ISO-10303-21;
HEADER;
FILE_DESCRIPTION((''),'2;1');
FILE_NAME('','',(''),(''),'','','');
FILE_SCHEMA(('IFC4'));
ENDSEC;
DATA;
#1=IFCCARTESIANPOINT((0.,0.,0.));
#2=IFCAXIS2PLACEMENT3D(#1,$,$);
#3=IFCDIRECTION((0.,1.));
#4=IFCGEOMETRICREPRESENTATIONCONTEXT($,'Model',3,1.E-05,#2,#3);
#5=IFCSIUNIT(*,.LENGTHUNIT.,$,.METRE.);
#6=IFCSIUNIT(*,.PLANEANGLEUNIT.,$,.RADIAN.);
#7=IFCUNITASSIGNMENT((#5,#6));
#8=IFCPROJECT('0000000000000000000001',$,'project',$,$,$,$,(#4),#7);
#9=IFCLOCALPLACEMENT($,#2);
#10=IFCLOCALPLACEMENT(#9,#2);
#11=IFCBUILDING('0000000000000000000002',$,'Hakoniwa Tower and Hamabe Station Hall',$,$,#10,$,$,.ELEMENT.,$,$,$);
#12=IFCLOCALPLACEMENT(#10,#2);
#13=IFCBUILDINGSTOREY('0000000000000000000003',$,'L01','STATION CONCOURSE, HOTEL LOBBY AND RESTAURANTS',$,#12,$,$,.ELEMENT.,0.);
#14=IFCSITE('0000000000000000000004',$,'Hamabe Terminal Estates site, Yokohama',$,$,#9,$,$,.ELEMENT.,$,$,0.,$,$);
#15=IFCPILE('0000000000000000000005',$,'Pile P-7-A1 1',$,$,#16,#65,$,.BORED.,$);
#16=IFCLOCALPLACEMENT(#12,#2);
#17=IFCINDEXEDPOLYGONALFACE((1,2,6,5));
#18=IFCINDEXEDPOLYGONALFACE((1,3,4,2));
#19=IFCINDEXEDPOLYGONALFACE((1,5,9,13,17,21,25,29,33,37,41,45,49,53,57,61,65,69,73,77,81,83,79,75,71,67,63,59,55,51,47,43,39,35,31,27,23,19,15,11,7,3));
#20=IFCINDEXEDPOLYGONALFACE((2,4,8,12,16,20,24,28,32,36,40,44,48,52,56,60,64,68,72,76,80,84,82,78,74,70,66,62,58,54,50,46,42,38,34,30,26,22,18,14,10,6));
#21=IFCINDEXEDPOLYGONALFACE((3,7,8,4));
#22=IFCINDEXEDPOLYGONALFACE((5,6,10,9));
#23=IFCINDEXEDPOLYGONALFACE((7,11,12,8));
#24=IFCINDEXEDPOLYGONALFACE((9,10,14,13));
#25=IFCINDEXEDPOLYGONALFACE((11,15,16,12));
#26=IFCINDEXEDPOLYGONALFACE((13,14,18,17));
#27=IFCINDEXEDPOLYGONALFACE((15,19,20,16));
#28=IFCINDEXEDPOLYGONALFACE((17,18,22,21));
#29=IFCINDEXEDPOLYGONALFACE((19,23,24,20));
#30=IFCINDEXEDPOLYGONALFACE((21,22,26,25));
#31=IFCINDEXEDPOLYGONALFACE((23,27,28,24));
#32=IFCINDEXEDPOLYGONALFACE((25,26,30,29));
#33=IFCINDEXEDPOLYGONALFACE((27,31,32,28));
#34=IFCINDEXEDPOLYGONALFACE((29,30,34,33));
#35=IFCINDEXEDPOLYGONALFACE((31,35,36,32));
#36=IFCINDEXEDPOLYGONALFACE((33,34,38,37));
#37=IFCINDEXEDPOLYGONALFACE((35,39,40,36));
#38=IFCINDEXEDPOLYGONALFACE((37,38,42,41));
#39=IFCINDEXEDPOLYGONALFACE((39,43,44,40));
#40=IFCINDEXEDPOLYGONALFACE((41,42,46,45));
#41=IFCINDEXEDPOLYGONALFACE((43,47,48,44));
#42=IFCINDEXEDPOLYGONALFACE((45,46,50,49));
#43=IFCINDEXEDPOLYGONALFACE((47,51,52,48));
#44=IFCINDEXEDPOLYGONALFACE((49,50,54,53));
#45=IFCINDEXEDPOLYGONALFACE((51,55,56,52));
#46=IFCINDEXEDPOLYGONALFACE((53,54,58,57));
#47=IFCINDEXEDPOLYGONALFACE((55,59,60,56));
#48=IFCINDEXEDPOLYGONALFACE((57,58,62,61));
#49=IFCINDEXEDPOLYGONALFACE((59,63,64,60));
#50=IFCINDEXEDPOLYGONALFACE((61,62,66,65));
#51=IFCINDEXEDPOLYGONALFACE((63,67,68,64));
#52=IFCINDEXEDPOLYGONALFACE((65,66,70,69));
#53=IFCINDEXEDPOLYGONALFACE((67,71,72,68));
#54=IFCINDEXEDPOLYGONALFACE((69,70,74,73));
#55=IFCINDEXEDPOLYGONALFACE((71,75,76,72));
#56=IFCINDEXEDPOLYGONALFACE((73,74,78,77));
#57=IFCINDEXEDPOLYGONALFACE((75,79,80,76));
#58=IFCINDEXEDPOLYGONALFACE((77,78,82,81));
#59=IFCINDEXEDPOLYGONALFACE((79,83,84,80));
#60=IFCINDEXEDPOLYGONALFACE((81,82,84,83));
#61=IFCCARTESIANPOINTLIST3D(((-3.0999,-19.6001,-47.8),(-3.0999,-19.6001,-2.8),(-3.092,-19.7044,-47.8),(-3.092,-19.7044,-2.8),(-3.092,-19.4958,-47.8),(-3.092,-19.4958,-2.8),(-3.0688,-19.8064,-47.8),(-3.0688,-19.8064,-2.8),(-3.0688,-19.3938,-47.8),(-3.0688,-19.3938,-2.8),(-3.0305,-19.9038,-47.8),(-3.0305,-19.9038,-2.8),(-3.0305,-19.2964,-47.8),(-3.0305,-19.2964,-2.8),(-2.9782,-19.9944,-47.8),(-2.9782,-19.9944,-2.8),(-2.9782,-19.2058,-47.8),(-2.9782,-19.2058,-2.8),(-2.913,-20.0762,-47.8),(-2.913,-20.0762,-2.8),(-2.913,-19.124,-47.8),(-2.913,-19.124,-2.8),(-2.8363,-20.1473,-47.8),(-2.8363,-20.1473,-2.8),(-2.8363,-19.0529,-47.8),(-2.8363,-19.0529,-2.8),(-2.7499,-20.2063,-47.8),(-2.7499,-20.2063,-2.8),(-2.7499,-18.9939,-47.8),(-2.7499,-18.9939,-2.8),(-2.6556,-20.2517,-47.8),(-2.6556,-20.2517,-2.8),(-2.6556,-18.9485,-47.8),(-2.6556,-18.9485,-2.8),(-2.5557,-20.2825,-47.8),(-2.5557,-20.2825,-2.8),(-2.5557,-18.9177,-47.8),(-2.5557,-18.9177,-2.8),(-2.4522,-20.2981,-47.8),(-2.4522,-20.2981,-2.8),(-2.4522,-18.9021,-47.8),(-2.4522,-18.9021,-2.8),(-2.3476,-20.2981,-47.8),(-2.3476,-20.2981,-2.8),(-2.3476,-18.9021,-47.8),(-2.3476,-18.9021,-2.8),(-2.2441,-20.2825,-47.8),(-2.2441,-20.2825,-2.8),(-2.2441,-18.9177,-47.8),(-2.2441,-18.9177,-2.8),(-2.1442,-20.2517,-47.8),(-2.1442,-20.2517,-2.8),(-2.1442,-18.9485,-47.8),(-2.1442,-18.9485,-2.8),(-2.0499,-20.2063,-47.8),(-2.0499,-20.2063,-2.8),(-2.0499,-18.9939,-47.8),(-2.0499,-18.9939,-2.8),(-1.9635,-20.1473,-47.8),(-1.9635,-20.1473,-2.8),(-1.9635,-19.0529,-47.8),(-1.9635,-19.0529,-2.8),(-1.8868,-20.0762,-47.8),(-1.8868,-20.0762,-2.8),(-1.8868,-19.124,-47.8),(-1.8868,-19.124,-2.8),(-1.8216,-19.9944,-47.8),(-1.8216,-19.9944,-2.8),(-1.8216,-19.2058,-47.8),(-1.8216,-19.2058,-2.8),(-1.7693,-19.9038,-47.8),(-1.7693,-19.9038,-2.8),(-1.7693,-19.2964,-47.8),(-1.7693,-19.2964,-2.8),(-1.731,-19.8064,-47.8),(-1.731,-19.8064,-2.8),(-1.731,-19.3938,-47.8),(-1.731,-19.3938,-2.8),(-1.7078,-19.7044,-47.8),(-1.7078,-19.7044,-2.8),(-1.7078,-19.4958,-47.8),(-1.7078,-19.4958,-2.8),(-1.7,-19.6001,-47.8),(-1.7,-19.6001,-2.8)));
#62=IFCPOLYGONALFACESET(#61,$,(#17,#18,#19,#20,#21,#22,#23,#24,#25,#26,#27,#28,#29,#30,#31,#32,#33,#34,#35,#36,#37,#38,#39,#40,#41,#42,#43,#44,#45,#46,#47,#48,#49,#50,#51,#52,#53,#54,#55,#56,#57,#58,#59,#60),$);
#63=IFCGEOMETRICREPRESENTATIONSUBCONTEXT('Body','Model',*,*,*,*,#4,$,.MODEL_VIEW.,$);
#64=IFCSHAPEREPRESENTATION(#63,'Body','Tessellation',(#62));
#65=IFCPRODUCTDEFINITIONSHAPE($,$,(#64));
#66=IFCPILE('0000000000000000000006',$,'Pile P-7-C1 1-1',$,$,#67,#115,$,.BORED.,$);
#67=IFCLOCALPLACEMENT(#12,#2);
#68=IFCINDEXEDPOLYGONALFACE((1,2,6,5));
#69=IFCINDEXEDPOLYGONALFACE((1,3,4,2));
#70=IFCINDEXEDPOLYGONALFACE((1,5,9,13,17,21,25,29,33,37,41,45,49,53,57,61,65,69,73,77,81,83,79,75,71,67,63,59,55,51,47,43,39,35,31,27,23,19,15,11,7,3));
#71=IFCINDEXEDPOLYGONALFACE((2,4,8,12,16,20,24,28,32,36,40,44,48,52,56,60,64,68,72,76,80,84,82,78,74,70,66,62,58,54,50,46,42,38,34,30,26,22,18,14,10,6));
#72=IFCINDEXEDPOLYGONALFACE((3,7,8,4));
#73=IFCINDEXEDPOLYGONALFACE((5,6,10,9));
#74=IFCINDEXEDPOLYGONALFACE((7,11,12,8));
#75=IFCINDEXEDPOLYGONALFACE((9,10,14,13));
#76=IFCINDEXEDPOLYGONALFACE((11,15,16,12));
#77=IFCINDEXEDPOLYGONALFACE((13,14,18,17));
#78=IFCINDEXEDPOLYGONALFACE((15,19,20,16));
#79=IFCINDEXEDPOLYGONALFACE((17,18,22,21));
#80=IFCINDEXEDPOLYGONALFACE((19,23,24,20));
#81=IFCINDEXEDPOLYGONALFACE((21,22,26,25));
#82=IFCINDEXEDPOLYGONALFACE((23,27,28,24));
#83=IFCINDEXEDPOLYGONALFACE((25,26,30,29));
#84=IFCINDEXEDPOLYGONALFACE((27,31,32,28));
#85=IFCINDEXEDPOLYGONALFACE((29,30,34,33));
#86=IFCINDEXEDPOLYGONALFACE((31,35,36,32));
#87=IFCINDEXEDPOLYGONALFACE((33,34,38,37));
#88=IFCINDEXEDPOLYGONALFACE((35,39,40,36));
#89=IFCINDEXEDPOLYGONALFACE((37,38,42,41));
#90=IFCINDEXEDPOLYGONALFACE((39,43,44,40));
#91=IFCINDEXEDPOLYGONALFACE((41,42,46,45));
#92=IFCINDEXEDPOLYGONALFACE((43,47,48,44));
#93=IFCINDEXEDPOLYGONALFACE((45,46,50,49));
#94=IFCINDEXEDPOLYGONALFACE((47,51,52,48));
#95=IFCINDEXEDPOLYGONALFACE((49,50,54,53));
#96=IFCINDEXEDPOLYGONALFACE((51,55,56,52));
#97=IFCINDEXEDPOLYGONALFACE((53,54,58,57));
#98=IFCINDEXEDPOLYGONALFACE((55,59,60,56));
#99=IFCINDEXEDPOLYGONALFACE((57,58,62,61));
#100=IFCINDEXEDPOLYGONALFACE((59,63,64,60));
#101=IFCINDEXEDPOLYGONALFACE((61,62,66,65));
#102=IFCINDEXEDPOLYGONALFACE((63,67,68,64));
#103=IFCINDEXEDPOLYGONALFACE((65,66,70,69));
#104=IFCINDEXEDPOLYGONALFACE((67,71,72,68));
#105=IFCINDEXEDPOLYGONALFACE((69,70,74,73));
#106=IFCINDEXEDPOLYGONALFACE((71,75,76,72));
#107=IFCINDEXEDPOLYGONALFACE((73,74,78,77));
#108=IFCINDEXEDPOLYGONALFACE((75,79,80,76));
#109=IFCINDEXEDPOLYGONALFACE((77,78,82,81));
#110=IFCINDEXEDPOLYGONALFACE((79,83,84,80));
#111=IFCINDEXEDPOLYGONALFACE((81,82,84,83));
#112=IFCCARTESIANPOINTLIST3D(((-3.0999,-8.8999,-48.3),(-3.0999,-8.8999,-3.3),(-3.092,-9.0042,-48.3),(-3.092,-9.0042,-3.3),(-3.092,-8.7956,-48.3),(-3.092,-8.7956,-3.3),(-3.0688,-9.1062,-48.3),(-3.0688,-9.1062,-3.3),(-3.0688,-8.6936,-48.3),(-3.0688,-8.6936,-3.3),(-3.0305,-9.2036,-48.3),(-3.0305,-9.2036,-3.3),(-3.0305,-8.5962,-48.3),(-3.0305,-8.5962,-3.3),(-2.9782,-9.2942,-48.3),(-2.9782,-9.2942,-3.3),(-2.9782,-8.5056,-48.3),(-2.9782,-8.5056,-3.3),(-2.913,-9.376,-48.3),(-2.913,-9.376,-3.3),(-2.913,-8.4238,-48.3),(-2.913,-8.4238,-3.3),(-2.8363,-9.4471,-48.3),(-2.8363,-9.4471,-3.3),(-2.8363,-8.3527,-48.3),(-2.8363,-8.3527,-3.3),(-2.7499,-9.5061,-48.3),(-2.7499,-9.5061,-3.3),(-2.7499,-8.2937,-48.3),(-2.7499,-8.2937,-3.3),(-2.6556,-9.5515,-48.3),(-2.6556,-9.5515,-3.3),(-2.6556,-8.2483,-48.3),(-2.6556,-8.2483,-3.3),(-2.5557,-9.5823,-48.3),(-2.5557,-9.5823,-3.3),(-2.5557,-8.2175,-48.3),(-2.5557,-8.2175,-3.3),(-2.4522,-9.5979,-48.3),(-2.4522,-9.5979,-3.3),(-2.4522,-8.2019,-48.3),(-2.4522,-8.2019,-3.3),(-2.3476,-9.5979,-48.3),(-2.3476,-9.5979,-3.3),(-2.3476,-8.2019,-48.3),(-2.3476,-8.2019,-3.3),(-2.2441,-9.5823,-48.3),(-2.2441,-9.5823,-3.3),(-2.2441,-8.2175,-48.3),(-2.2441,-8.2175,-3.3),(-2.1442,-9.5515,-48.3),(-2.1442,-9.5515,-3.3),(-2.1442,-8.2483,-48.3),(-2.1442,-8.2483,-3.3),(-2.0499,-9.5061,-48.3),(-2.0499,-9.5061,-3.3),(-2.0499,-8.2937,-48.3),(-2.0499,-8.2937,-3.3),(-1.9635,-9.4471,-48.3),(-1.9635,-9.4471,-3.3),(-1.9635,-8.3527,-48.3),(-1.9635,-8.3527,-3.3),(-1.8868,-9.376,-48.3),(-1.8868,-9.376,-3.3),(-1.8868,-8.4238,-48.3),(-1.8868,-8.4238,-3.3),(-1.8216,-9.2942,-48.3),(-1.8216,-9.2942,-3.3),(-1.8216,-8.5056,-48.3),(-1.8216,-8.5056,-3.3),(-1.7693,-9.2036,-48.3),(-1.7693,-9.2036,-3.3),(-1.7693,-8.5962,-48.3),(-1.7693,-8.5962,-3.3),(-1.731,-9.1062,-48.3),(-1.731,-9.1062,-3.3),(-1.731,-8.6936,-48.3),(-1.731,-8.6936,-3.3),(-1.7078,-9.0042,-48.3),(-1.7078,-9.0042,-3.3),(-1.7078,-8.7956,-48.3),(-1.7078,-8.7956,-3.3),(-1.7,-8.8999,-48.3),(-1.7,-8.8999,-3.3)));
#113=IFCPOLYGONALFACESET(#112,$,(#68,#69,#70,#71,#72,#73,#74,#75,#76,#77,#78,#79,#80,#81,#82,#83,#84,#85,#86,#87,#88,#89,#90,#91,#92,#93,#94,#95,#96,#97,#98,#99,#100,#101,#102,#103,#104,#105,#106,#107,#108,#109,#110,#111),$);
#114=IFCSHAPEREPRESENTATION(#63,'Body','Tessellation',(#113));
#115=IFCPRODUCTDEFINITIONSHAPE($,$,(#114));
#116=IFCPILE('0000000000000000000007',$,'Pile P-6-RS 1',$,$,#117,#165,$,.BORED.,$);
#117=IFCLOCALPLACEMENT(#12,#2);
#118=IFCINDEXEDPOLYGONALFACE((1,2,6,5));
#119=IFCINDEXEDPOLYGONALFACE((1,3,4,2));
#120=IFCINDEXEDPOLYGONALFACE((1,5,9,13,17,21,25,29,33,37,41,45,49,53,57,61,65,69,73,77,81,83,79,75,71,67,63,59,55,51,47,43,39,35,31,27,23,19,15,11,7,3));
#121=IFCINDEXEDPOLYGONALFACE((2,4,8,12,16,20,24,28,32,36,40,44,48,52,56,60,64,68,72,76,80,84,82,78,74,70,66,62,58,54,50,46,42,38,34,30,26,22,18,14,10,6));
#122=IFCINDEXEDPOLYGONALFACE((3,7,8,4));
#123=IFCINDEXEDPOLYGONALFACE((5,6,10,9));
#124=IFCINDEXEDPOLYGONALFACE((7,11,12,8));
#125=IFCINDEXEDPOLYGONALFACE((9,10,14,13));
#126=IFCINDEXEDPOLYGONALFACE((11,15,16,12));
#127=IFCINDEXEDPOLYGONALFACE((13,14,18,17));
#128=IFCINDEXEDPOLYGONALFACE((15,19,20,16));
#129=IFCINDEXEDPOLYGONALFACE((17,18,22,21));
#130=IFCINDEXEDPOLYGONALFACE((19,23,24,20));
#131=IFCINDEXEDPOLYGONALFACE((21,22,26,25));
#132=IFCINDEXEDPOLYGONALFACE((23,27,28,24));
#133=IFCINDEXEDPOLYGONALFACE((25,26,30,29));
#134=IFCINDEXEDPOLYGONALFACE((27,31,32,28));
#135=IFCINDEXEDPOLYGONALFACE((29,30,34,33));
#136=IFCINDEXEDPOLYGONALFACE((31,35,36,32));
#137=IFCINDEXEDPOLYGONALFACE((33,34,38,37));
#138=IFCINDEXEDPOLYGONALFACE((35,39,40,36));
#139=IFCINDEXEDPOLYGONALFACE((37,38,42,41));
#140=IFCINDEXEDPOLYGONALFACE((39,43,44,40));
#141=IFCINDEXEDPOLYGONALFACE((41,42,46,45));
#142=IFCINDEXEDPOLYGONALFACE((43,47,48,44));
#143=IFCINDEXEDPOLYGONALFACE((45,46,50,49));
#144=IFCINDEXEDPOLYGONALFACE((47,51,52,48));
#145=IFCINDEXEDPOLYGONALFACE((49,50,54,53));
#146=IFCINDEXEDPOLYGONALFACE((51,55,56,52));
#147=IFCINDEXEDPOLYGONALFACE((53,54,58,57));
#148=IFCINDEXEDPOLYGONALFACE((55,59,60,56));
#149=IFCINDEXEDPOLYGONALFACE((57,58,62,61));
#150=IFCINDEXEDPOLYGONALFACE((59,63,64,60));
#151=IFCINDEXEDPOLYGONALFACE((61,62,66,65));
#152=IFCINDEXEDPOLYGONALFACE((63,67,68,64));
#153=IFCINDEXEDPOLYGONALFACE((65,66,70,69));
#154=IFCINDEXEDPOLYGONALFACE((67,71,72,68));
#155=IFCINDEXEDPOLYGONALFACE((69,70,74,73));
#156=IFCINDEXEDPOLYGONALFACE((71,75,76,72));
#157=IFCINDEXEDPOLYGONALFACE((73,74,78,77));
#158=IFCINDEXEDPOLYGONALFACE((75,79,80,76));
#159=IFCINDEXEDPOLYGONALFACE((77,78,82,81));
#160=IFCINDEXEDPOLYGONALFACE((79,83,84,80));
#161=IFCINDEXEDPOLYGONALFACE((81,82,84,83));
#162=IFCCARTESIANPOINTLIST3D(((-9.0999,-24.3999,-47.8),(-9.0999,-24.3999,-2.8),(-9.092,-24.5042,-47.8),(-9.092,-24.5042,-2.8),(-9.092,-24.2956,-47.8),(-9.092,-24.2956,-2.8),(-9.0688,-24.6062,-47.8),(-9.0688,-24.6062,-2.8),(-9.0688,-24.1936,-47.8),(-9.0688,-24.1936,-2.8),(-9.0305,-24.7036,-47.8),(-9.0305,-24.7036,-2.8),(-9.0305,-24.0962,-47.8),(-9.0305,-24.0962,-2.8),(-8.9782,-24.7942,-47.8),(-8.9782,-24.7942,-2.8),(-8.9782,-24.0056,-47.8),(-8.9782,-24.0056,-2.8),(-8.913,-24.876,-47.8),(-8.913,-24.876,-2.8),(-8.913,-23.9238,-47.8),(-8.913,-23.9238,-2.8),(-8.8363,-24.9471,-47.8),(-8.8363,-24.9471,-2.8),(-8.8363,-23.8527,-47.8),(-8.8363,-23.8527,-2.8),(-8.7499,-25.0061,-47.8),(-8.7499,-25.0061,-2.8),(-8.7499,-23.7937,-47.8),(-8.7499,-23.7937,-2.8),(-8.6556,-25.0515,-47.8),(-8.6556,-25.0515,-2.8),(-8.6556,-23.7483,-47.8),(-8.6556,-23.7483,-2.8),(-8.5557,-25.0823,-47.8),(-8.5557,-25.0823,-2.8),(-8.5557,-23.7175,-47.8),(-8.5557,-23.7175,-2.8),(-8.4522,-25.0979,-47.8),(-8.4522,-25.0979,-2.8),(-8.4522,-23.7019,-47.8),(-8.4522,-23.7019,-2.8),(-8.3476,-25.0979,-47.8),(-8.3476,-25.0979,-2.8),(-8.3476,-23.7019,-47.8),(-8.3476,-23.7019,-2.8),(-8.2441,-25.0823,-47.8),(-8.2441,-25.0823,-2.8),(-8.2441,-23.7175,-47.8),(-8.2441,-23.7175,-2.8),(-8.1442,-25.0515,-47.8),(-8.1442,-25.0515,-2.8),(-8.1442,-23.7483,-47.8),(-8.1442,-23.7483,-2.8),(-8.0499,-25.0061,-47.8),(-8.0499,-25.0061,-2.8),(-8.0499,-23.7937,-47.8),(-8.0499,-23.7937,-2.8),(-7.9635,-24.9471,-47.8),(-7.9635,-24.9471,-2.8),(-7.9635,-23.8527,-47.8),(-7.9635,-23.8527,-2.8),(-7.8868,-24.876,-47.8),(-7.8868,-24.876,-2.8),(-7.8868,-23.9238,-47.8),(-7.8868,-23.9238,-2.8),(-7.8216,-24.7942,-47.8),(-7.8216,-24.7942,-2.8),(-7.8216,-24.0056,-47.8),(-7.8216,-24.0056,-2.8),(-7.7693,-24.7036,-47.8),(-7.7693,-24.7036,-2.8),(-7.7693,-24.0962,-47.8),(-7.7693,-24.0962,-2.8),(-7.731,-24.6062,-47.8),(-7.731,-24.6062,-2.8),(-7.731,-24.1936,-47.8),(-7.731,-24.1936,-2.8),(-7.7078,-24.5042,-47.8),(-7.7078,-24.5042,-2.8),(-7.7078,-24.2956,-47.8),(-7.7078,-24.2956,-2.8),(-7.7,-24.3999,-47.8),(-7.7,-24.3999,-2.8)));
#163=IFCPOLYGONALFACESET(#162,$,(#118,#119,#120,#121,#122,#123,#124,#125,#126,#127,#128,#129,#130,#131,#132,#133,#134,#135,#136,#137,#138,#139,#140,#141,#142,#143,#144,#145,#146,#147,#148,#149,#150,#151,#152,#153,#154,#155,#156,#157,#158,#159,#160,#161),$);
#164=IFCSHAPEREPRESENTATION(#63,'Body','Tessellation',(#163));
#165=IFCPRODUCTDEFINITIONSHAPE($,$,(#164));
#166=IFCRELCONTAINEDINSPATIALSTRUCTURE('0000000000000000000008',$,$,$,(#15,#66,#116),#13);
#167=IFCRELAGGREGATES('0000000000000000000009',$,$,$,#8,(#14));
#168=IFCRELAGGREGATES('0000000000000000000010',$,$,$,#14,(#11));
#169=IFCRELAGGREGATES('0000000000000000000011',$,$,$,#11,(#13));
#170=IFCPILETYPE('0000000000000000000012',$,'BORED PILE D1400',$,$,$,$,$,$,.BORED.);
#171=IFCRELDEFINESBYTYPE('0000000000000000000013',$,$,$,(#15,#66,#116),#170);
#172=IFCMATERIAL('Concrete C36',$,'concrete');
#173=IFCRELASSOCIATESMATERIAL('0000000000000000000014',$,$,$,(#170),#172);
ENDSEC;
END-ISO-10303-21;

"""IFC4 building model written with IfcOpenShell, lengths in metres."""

from ifc_helpers import new_model, si_unit, direction, frame, origin, origin_2d, place, context, subcontext, project, spatial, circle, extrude, material, material_profile, profile_set, type_object, element, save


model = new_model("IFC4")

# Units and contexts
model_context = context("Model", 3, precision=1e-05, world=origin(), true_north=direction((0.0, 1.0)))
body_context = subcontext(model_context, "Body", "Model", "MODEL_VIEW")
ifc_project = project(units=[si_unit("LENGTHUNIT", "METRE"), si_unit("PLANEANGLEUNIT", "RADIAN")], contexts=[model_context])

# Site, building, storey
site_placement = place(None, origin())
site = spatial("IfcSite", under=ifc_project, at=site_placement, Name="Hamabe Terminal Estates site, Yokohama", CompositionType="ELEMENT", RefElevation=0.0)
building_placement = place(site_placement, origin())
building = spatial("IfcBuilding", under=site, at=building_placement, Name="Hakoniwa Tower and Hamabe Station Hall", CompositionType="ELEMENT")
storey_placement = place(building_placement, origin())
storey = spatial("IfcBuildingStorey", under=building, at=storey_placement, Name="L01", Description="STATION CONCOURSE, HOTEL LOBBY AND RESTAURANTS", CompositionType="ELEMENT", Elevation=0.0)

# Piles
ifc_material_1 = material(Name="Concrete C36", Category="concrete")
ifc_material_profile_1 = material_profile(ifc_material_1, circle(Radius=0.7, at=origin_2d()), Name="BORED PILE D1400")
ifc_profile_set_1 = profile_set([ifc_material_profile_1], Name="Concrete C36")
pile_type = type_object("IfcPileType", Name="BORED PILE D1400", PredefinedType="BORED", material=ifc_profile_set_1)
for number, where, z_axis, x_axis, name in (
    (1, (-2.3999, -19.6001, -2.8), (0.0, 0.0, -1.0), (1.0, 0.0, 0.0), "Pile P-7-A1 1"),
    (2, (-2.3999, -8.8999, -3.3), (0.0, 0.0, -1.0), (1.0, 0.0, 0.0), "Pile P-7-C1 1-1"),
    (3, (-8.3999, -24.3999, -2.8), (0.0, 0.0, -1.0), (1.0, 0.0, 0.0), "Pile P-6-RS 1"),
):
    element("IfcPile", number, at=place(storey_placement, frame(where, z_axis=z_axis, x_axis=x_axis)), inside=storey, type_object=pile_type, Name=name, PredefinedType="BORED", context=body_context, shape_type="SweptSolid", body=[
        extrude(circle(Radius=0.7, at=origin_2d()), origin(), (0.0, 0.0, 1.0), 45.0),
    ])

save(model, "model.ifc")
